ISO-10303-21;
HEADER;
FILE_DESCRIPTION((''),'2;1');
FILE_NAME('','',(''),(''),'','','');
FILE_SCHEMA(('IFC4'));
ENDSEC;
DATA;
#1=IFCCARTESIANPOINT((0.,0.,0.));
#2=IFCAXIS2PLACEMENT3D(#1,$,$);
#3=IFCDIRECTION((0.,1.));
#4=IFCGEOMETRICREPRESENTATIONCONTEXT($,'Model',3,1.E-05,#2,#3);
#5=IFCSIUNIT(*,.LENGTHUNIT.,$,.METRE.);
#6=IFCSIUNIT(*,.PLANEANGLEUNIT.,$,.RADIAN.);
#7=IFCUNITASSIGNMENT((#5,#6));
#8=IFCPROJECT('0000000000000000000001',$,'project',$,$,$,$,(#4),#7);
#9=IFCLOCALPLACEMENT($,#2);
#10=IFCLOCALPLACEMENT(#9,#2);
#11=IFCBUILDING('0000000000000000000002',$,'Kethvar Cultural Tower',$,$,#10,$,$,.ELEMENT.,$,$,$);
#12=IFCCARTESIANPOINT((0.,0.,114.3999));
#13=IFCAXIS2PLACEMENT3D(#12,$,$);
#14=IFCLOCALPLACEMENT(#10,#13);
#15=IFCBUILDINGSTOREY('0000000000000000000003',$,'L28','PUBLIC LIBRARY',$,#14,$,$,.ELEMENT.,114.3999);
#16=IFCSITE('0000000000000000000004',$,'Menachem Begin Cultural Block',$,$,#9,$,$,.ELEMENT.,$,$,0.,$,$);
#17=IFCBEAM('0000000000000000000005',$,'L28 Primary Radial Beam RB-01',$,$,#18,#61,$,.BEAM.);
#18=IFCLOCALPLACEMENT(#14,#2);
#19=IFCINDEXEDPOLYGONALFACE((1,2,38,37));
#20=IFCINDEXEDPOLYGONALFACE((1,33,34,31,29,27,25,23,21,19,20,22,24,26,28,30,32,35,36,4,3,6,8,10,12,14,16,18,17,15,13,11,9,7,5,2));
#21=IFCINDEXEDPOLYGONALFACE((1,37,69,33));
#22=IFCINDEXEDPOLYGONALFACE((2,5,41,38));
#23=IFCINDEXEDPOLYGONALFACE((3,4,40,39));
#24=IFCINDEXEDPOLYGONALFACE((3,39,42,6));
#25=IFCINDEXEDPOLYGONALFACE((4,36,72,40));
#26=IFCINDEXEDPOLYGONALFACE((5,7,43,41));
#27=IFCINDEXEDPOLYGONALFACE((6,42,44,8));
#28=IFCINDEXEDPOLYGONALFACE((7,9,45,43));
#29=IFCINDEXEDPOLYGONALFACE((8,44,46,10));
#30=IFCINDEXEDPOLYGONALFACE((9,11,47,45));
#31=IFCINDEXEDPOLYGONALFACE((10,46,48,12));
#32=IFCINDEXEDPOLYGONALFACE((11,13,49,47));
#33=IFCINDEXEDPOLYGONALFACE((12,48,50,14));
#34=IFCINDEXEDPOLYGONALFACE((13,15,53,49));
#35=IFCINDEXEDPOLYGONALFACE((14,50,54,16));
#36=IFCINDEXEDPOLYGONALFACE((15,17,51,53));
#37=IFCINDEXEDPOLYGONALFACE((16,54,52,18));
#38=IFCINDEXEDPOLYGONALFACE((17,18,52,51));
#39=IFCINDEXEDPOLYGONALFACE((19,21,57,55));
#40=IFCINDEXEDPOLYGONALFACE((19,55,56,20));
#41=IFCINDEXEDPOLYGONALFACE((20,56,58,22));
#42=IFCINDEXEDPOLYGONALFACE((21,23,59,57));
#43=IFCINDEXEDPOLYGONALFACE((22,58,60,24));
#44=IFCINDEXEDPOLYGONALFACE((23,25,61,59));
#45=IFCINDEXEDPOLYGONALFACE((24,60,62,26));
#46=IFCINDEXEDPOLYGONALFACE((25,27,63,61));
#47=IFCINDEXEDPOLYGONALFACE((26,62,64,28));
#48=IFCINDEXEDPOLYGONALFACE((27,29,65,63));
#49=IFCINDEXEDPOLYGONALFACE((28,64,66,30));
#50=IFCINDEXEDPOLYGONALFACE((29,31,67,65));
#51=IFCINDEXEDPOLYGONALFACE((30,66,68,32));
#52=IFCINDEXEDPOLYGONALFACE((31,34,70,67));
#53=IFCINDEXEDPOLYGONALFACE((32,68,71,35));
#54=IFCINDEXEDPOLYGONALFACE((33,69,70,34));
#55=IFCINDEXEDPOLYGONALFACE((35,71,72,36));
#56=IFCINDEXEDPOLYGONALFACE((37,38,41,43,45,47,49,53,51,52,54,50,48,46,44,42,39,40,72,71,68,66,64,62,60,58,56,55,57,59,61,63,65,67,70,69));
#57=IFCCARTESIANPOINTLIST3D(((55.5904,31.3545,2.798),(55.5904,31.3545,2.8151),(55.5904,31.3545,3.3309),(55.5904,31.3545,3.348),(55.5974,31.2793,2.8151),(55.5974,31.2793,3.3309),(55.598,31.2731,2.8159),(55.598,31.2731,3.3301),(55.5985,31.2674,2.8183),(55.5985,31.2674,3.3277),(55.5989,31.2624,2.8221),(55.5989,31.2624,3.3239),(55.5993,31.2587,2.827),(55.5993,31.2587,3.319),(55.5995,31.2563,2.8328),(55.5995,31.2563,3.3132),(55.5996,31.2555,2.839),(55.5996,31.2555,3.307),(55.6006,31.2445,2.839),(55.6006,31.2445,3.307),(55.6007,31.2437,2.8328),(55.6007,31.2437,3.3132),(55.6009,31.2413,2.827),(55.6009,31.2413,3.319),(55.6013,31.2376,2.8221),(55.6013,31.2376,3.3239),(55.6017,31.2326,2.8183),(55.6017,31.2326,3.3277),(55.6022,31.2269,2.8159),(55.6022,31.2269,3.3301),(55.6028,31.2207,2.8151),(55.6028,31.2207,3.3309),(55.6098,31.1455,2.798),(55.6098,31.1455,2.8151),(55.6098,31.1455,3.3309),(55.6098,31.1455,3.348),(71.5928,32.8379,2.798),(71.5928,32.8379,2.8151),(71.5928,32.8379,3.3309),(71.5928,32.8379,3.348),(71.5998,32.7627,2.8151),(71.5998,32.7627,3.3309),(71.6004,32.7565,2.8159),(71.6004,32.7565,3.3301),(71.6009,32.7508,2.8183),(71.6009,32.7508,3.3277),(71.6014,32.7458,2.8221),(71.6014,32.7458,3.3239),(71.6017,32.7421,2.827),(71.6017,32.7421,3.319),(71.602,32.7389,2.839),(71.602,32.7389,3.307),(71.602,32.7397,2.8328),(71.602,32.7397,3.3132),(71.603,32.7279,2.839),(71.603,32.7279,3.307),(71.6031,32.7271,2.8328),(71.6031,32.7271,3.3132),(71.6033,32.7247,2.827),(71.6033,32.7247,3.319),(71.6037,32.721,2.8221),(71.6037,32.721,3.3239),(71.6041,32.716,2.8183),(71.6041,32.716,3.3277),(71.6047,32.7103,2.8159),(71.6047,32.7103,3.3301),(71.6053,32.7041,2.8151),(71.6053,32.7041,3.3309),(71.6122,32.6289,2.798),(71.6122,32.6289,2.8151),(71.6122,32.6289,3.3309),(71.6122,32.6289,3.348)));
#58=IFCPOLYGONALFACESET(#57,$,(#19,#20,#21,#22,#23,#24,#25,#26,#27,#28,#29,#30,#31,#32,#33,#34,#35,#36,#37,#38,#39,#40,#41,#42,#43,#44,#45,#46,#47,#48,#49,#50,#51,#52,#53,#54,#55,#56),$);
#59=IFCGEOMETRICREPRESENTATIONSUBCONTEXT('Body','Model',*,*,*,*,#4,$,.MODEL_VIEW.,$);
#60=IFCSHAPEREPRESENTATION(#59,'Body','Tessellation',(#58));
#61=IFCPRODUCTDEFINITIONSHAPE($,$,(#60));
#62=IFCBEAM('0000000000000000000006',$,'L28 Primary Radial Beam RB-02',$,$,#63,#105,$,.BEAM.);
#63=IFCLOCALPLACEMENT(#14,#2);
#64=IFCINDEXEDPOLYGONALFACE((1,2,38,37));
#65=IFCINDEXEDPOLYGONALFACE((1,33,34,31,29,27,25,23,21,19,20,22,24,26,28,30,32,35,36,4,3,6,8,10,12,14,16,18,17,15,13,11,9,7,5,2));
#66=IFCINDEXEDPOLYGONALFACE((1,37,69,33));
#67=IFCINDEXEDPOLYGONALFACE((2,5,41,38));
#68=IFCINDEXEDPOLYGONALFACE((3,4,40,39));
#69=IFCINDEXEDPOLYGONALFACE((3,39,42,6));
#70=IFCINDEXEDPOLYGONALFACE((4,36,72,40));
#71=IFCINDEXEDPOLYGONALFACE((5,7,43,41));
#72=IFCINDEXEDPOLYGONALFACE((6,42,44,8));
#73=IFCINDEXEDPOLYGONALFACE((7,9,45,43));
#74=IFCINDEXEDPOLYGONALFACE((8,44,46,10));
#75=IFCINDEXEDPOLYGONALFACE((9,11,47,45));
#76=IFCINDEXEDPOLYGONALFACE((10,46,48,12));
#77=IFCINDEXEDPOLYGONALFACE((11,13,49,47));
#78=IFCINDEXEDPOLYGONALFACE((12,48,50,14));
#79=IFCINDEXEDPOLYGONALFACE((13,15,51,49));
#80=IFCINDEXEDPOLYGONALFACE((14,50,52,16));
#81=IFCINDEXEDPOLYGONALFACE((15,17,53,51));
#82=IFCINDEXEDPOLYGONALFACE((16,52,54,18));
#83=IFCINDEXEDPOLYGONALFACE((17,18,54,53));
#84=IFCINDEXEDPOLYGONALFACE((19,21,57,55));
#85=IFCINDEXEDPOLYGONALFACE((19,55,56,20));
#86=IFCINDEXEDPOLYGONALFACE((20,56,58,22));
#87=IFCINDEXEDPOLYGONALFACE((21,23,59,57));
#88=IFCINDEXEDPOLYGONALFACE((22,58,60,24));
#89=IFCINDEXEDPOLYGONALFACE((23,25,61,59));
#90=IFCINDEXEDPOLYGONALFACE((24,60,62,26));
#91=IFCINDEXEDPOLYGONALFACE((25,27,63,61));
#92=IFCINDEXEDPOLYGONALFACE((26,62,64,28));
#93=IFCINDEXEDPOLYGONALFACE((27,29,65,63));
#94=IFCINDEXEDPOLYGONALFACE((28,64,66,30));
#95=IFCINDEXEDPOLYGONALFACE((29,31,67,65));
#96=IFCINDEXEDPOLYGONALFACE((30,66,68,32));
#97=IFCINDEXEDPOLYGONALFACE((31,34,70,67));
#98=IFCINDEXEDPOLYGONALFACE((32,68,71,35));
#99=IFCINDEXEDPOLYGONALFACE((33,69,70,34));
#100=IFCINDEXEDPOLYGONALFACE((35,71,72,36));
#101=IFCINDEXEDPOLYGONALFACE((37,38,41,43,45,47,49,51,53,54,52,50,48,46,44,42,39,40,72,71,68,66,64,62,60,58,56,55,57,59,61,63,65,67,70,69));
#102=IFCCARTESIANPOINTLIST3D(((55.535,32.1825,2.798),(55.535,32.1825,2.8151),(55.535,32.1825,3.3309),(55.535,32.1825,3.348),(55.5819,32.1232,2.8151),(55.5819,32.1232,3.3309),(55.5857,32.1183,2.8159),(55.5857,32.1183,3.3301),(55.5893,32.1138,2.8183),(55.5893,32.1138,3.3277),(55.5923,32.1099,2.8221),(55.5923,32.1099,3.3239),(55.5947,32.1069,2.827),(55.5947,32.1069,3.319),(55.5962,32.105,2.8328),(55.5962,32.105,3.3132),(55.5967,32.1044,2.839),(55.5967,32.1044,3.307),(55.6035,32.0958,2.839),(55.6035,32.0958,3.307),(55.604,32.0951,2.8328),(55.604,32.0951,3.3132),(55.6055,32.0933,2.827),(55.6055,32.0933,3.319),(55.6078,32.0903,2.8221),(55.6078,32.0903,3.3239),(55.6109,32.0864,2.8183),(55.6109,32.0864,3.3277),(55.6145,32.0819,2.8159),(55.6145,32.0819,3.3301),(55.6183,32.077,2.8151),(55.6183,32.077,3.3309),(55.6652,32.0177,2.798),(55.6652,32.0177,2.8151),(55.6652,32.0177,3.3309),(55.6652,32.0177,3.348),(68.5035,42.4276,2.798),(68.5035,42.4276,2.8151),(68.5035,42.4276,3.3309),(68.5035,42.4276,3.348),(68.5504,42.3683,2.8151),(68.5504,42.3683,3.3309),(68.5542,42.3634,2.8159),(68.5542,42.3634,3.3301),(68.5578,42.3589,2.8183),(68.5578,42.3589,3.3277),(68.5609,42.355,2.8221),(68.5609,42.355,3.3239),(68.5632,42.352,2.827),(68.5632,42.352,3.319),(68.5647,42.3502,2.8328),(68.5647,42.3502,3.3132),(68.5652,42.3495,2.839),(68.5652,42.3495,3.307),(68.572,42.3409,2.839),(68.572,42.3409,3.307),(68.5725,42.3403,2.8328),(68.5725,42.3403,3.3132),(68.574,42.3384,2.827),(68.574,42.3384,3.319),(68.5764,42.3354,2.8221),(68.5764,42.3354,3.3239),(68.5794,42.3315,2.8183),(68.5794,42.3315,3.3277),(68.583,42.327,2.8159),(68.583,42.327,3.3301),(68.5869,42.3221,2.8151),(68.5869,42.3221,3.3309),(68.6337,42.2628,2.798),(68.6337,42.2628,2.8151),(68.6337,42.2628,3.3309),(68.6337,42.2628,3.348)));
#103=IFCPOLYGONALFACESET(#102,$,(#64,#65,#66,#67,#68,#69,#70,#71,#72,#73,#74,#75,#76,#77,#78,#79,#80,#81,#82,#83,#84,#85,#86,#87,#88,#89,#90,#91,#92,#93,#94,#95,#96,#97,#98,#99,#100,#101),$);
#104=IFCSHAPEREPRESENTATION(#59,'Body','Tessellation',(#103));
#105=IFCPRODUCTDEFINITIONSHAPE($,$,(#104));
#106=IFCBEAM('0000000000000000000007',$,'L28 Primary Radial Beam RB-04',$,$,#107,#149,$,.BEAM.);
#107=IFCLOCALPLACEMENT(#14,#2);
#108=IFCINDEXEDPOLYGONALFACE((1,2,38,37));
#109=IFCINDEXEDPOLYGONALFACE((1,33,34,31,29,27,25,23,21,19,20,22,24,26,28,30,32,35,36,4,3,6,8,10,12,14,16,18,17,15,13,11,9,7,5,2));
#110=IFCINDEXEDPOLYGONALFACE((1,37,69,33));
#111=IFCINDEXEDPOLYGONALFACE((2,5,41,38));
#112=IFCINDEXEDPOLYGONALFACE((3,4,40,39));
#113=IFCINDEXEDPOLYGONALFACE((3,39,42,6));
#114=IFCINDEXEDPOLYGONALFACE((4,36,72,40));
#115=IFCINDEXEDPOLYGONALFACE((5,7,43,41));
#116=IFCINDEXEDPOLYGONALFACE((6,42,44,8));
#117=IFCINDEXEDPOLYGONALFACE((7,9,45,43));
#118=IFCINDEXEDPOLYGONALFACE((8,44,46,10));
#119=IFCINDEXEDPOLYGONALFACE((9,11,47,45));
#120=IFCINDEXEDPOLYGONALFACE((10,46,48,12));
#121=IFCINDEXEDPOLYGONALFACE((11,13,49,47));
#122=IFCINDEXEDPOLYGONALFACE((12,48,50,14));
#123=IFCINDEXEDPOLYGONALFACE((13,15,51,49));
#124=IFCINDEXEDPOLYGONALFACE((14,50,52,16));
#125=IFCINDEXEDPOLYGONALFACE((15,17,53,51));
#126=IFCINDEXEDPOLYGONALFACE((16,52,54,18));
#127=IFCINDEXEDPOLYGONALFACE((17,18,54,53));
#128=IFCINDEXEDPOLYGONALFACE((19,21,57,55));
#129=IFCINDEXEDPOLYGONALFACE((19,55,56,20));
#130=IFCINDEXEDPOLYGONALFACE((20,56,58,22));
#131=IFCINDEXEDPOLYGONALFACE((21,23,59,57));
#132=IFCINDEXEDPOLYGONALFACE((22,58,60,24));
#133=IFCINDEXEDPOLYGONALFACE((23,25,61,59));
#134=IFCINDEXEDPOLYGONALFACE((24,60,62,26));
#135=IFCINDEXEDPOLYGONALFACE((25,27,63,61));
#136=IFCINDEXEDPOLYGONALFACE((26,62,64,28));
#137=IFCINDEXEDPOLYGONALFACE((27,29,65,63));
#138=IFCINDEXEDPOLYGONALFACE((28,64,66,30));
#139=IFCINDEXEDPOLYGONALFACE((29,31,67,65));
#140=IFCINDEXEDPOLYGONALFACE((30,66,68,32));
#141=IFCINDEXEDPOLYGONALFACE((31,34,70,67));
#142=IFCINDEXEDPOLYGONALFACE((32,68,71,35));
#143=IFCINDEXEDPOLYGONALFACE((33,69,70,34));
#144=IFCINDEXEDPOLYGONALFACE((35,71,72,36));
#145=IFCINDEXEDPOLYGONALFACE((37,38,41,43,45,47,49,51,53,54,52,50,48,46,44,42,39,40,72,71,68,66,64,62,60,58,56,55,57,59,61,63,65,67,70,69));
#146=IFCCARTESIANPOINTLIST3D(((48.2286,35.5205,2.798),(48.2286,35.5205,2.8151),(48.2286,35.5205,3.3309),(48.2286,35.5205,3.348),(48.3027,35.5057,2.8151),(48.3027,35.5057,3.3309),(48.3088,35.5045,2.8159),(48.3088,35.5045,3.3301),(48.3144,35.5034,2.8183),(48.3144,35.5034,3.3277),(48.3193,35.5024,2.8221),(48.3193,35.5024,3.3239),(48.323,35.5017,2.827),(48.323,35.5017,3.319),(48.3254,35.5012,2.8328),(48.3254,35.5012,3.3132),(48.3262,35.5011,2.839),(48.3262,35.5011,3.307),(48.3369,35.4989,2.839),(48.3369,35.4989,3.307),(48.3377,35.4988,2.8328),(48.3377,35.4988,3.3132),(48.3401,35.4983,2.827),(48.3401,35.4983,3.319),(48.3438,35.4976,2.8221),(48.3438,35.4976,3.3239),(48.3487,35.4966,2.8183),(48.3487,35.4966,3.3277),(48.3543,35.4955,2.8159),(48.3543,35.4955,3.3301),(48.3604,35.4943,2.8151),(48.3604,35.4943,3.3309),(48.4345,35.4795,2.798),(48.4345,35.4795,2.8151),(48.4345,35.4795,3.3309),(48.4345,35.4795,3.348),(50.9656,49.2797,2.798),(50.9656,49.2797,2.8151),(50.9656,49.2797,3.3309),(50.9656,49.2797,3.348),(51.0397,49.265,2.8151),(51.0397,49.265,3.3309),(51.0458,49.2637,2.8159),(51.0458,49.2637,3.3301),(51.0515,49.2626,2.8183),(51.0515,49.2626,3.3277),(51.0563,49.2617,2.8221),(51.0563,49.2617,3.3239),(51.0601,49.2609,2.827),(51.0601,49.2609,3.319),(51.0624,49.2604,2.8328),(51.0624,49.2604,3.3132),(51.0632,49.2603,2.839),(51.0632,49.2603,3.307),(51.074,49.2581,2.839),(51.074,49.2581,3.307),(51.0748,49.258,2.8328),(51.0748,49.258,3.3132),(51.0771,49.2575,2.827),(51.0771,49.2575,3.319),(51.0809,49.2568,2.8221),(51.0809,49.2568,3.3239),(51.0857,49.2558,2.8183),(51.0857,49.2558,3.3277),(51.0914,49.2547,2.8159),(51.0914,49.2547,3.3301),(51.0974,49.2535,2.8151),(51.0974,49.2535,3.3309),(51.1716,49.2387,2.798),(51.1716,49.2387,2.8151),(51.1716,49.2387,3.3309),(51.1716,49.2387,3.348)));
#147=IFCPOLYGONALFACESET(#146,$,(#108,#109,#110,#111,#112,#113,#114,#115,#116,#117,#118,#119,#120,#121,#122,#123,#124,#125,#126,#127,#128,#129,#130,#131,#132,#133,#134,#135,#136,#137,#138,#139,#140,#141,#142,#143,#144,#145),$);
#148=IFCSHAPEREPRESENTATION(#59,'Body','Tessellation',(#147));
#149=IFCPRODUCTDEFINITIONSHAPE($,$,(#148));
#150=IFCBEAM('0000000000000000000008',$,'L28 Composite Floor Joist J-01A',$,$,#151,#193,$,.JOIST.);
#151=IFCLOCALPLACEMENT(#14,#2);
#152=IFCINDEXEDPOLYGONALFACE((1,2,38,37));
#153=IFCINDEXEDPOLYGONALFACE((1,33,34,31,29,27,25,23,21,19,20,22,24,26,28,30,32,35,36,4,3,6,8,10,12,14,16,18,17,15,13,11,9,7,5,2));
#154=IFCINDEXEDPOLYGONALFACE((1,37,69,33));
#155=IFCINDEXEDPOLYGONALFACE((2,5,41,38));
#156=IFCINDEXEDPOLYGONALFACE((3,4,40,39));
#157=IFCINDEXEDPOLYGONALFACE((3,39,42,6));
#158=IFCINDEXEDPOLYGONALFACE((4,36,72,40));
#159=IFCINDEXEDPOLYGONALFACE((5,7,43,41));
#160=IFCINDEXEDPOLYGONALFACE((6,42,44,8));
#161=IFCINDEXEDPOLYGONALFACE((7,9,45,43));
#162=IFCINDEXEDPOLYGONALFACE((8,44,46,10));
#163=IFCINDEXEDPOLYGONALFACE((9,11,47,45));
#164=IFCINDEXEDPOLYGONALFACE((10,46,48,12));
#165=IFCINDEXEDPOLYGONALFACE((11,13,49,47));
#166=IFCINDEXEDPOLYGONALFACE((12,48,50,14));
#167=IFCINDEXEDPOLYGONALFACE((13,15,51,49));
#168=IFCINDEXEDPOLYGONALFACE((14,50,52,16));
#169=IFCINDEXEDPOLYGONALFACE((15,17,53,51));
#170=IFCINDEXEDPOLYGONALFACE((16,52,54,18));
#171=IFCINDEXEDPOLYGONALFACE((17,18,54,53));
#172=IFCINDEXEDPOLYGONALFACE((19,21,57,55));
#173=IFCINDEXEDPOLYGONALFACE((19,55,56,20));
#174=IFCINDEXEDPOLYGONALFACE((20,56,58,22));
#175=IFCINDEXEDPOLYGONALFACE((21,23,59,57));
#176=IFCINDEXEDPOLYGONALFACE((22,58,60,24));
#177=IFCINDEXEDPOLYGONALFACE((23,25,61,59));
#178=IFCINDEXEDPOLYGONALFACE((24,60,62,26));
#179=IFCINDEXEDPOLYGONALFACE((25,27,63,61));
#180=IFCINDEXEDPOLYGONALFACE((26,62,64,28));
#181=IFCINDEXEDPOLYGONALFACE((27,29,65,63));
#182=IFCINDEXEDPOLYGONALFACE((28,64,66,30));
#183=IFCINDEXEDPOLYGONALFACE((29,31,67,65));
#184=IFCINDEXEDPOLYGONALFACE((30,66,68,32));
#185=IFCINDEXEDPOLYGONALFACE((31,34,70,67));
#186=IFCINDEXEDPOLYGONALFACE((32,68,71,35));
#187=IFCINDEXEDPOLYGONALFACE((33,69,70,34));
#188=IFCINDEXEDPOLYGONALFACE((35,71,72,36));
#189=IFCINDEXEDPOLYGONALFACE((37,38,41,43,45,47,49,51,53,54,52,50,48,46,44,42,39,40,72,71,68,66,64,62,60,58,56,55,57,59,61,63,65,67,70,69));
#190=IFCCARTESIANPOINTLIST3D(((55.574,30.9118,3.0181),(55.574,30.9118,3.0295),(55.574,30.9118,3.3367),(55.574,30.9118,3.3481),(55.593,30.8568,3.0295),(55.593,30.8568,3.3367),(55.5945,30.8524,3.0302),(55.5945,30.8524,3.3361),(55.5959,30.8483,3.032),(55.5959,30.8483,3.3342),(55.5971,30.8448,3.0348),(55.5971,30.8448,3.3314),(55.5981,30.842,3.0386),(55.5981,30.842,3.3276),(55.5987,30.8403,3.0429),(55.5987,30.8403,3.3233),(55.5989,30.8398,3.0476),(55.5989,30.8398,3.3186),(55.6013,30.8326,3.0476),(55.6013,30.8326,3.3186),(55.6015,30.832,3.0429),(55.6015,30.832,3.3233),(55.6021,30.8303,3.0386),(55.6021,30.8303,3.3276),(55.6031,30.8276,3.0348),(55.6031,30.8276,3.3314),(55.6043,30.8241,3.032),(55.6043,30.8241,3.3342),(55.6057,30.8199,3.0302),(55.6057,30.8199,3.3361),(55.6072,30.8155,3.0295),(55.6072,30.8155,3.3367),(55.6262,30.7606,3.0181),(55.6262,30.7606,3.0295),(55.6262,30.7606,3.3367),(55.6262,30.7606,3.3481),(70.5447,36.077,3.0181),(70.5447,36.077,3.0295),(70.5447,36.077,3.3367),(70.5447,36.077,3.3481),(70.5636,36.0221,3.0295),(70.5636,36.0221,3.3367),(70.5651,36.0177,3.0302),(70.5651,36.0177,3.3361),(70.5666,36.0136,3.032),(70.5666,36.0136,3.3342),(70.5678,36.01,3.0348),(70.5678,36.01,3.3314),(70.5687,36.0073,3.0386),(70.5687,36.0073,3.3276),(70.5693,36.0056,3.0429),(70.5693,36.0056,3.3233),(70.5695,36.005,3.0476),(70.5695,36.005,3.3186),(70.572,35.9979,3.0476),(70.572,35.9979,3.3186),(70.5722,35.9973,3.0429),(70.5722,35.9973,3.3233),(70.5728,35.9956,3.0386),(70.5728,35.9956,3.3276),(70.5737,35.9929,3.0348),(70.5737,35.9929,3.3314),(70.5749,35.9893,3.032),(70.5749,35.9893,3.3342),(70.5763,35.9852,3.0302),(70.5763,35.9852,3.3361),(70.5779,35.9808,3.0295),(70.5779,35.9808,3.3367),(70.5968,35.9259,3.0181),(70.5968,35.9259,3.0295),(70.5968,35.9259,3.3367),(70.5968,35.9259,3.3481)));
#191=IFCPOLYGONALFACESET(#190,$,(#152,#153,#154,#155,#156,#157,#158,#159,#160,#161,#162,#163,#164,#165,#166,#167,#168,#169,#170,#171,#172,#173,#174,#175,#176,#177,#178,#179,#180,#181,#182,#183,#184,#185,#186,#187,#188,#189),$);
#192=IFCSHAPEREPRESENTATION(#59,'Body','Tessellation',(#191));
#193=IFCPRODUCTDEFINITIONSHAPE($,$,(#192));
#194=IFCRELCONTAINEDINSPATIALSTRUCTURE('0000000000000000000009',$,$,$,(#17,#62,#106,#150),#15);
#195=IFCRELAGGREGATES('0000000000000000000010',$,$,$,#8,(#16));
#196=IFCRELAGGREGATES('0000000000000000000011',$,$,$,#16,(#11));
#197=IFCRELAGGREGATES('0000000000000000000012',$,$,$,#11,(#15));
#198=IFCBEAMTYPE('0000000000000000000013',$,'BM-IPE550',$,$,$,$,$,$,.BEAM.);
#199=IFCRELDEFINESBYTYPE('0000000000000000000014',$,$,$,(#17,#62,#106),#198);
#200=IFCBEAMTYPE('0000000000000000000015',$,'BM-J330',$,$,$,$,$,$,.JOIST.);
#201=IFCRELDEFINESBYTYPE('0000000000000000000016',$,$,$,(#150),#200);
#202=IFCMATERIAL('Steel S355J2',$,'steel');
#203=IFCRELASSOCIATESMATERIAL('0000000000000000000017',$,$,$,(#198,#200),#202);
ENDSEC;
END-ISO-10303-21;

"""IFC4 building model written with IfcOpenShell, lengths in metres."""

from ifc_helpers import new_model, si_unit, direction, frame, origin, origin_2d, place, context, subcontext, project, spatial, i_section, extrude, source, transform, mapped, material, material_profile, profile_set, type_object, element, save


model = new_model("IFC4")

# Units and contexts
model_context = context("Model", 3, precision=1e-05, world=origin(), true_north=direction((0.0, 1.0)))
body_context = subcontext(model_context, "Body", "Model", "MODEL_VIEW")
ifc_project = project(units=[si_unit("LENGTHUNIT", "METRE"), si_unit("PLANEANGLEUNIT", "RADIAN")], contexts=[model_context])

# Site, building, storey
site_placement = place(None, origin())
site = spatial("IfcSite", under=ifc_project, at=site_placement, Name="Menachem Begin Cultural Block", CompositionType="ELEMENT", RefElevation=0.0)
building_placement = place(site_placement, origin())
building = spatial("IfcBuilding", under=site, at=building_placement, Name="Kethvar Cultural Tower", CompositionType="ELEMENT")
storey_placement = place(building_placement, frame((0.0, 0.0, 114.3999)))
storey = spatial("IfcBuildingStorey", under=building, at=storey_placement, Name="L28", Description="PUBLIC LIBRARY", CompositionType="ELEMENT", Elevation=114.3999)

# Beams
ifc_material_1 = material(Name="Steel S355J2", Category="steel")
ifc_material_profile_1 = material_profile(ifc_material_1, i_section(OverallWidth=0.21, OverallDepth=0.55, WebThickness=0.011, FlangeThickness=0.0171, FilletRadius=0.0239, at=origin_2d()), Name="Steel S355J2 — IPE550")
ifc_profile_set_1 = profile_set([ifc_material_profile_1], Name="Steel S355J2 — IPE550")
beam_type_1 = type_object("IfcBeamType", Name="BM-IPE550", PredefinedType="BEAM", material=ifc_profile_set_1)
shared_shape_1 = source(origin(), body_context, "Body", "SweptSolid", [
    extrude(i_section(OverallWidth=0.21, OverallDepth=0.55, WebThickness=0.011, FlangeThickness=0.0171, FilletRadius=0.0239, at=origin_2d()), origin(), (0.0, 0.0, 1.0), 16.071),
])
beam_1_placement = place(storey_placement, frame((55.6001, 31.25, 3.073), z_axis=(0.995731, 0.092303, 0.0), x_axis=(-0.092303, 0.995731, 0.0)))
element("IfcBeam", 1, at=beam_1_placement, inside=storey, type_object=beam_type_1, Name="L28 Primary Radial Beam RB-01", PredefinedType="BEAM", context=body_context, shape_type="MappedRepresentation", body=[
    mapped(shared_shape_1, transform((0.0, 0.0, 0.0), scale=1.0)),
])
shared_shape_2 = source(origin(), body_context, "Body", "SweptSolid", [
    extrude(i_section(OverallWidth=0.21, OverallDepth=0.55, WebThickness=0.011, FlangeThickness=0.0171, FilletRadius=0.0239, at=origin_2d()), origin(), (0.0, 0.0, 1.0), 16.5271),
])
beam_2_placement = place(storey_placement, frame((55.6001, 32.1001, 3.073), z_axis=(0.784682, 0.619899, 0.0), x_axis=(-0.619899, 0.784682, 0.0)))
element("IfcBeam", 2, at=beam_2_placement, inside=storey, type_object=beam_type_1, Name="L28 Primary Radial Beam RB-02", PredefinedType="BEAM", context=body_context, shape_type="MappedRepresentation", body=[
    mapped(shared_shape_2, transform((0.0, 0.0, 0.0), scale=1.0)),
])
shared_shape_3 = source(origin(), body_context, "Body", "SweptSolid", [
    extrude(i_section(OverallWidth=0.21, OverallDepth=0.55, WebThickness=0.011, FlangeThickness=0.0171, FilletRadius=0.0239, at=origin_2d()), origin(), (0.0, 0.0, 1.0), 14.0288),
])
beam_3_placement = place(storey_placement, frame((48.3315, 35.5, 3.073), z_axis=(0.195102, 0.980783, 0.0), x_axis=(-0.980783, 0.195102, 0.0)))
element("IfcBeam", 3, at=beam_3_placement, inside=storey, type_object=beam_type_1, Name="L28 Primary Radial Beam RB-04", PredefinedType="BEAM", context=body_context, shape_type="MappedRepresentation", body=[
    mapped(shared_shape_3, transform((0.0, 0.0, 0.0), scale=1.0)),
])
ifc_material_profile_2 = material_profile(ifc_material_1, i_section(OverallWidth=0.1599, OverallDepth=0.3301, WebThickness=0.0076, FlangeThickness=0.0115, FilletRadius=0.0181, at=origin_2d()), Name="Steel S355J2 — IPE330")
ifc_profile_set_2 = profile_set([ifc_material_profile_2], Name="Steel S355J2 — IPE330")
beam_type_2 = type_object("IfcBeamType", Name="BM-J330", PredefinedType="JOIST", material=ifc_profile_set_2)
shared_shape_4 = source(origin(), body_context, "Body", "SweptSolid", [
    extrude(i_section(OverallWidth=0.1599, OverallDepth=0.3301, WebThickness=0.0076, FlangeThickness=0.0115, FilletRadius=0.0181, at=origin_2d()), origin(), (0.0, 0.0, 1.0), 15.8367),
])
beam_4_placement = place(storey_placement, frame((55.6001, 30.8362, 3.1831), z_axis=(0.945315, 0.326158, 0.0), x_axis=(-0.326158, 0.945315, 0.0)))
element("IfcBeam", 4, at=beam_4_placement, inside=storey, type_object=beam_type_2, Name="L28 Composite Floor Joist J-01A", PredefinedType="JOIST", context=body_context, shape_type="MappedRepresentation", body=[
    mapped(shared_shape_4, transform((0.0, 0.0, 0.0), scale=1.0)),
])

save(model, "model.ifc")
